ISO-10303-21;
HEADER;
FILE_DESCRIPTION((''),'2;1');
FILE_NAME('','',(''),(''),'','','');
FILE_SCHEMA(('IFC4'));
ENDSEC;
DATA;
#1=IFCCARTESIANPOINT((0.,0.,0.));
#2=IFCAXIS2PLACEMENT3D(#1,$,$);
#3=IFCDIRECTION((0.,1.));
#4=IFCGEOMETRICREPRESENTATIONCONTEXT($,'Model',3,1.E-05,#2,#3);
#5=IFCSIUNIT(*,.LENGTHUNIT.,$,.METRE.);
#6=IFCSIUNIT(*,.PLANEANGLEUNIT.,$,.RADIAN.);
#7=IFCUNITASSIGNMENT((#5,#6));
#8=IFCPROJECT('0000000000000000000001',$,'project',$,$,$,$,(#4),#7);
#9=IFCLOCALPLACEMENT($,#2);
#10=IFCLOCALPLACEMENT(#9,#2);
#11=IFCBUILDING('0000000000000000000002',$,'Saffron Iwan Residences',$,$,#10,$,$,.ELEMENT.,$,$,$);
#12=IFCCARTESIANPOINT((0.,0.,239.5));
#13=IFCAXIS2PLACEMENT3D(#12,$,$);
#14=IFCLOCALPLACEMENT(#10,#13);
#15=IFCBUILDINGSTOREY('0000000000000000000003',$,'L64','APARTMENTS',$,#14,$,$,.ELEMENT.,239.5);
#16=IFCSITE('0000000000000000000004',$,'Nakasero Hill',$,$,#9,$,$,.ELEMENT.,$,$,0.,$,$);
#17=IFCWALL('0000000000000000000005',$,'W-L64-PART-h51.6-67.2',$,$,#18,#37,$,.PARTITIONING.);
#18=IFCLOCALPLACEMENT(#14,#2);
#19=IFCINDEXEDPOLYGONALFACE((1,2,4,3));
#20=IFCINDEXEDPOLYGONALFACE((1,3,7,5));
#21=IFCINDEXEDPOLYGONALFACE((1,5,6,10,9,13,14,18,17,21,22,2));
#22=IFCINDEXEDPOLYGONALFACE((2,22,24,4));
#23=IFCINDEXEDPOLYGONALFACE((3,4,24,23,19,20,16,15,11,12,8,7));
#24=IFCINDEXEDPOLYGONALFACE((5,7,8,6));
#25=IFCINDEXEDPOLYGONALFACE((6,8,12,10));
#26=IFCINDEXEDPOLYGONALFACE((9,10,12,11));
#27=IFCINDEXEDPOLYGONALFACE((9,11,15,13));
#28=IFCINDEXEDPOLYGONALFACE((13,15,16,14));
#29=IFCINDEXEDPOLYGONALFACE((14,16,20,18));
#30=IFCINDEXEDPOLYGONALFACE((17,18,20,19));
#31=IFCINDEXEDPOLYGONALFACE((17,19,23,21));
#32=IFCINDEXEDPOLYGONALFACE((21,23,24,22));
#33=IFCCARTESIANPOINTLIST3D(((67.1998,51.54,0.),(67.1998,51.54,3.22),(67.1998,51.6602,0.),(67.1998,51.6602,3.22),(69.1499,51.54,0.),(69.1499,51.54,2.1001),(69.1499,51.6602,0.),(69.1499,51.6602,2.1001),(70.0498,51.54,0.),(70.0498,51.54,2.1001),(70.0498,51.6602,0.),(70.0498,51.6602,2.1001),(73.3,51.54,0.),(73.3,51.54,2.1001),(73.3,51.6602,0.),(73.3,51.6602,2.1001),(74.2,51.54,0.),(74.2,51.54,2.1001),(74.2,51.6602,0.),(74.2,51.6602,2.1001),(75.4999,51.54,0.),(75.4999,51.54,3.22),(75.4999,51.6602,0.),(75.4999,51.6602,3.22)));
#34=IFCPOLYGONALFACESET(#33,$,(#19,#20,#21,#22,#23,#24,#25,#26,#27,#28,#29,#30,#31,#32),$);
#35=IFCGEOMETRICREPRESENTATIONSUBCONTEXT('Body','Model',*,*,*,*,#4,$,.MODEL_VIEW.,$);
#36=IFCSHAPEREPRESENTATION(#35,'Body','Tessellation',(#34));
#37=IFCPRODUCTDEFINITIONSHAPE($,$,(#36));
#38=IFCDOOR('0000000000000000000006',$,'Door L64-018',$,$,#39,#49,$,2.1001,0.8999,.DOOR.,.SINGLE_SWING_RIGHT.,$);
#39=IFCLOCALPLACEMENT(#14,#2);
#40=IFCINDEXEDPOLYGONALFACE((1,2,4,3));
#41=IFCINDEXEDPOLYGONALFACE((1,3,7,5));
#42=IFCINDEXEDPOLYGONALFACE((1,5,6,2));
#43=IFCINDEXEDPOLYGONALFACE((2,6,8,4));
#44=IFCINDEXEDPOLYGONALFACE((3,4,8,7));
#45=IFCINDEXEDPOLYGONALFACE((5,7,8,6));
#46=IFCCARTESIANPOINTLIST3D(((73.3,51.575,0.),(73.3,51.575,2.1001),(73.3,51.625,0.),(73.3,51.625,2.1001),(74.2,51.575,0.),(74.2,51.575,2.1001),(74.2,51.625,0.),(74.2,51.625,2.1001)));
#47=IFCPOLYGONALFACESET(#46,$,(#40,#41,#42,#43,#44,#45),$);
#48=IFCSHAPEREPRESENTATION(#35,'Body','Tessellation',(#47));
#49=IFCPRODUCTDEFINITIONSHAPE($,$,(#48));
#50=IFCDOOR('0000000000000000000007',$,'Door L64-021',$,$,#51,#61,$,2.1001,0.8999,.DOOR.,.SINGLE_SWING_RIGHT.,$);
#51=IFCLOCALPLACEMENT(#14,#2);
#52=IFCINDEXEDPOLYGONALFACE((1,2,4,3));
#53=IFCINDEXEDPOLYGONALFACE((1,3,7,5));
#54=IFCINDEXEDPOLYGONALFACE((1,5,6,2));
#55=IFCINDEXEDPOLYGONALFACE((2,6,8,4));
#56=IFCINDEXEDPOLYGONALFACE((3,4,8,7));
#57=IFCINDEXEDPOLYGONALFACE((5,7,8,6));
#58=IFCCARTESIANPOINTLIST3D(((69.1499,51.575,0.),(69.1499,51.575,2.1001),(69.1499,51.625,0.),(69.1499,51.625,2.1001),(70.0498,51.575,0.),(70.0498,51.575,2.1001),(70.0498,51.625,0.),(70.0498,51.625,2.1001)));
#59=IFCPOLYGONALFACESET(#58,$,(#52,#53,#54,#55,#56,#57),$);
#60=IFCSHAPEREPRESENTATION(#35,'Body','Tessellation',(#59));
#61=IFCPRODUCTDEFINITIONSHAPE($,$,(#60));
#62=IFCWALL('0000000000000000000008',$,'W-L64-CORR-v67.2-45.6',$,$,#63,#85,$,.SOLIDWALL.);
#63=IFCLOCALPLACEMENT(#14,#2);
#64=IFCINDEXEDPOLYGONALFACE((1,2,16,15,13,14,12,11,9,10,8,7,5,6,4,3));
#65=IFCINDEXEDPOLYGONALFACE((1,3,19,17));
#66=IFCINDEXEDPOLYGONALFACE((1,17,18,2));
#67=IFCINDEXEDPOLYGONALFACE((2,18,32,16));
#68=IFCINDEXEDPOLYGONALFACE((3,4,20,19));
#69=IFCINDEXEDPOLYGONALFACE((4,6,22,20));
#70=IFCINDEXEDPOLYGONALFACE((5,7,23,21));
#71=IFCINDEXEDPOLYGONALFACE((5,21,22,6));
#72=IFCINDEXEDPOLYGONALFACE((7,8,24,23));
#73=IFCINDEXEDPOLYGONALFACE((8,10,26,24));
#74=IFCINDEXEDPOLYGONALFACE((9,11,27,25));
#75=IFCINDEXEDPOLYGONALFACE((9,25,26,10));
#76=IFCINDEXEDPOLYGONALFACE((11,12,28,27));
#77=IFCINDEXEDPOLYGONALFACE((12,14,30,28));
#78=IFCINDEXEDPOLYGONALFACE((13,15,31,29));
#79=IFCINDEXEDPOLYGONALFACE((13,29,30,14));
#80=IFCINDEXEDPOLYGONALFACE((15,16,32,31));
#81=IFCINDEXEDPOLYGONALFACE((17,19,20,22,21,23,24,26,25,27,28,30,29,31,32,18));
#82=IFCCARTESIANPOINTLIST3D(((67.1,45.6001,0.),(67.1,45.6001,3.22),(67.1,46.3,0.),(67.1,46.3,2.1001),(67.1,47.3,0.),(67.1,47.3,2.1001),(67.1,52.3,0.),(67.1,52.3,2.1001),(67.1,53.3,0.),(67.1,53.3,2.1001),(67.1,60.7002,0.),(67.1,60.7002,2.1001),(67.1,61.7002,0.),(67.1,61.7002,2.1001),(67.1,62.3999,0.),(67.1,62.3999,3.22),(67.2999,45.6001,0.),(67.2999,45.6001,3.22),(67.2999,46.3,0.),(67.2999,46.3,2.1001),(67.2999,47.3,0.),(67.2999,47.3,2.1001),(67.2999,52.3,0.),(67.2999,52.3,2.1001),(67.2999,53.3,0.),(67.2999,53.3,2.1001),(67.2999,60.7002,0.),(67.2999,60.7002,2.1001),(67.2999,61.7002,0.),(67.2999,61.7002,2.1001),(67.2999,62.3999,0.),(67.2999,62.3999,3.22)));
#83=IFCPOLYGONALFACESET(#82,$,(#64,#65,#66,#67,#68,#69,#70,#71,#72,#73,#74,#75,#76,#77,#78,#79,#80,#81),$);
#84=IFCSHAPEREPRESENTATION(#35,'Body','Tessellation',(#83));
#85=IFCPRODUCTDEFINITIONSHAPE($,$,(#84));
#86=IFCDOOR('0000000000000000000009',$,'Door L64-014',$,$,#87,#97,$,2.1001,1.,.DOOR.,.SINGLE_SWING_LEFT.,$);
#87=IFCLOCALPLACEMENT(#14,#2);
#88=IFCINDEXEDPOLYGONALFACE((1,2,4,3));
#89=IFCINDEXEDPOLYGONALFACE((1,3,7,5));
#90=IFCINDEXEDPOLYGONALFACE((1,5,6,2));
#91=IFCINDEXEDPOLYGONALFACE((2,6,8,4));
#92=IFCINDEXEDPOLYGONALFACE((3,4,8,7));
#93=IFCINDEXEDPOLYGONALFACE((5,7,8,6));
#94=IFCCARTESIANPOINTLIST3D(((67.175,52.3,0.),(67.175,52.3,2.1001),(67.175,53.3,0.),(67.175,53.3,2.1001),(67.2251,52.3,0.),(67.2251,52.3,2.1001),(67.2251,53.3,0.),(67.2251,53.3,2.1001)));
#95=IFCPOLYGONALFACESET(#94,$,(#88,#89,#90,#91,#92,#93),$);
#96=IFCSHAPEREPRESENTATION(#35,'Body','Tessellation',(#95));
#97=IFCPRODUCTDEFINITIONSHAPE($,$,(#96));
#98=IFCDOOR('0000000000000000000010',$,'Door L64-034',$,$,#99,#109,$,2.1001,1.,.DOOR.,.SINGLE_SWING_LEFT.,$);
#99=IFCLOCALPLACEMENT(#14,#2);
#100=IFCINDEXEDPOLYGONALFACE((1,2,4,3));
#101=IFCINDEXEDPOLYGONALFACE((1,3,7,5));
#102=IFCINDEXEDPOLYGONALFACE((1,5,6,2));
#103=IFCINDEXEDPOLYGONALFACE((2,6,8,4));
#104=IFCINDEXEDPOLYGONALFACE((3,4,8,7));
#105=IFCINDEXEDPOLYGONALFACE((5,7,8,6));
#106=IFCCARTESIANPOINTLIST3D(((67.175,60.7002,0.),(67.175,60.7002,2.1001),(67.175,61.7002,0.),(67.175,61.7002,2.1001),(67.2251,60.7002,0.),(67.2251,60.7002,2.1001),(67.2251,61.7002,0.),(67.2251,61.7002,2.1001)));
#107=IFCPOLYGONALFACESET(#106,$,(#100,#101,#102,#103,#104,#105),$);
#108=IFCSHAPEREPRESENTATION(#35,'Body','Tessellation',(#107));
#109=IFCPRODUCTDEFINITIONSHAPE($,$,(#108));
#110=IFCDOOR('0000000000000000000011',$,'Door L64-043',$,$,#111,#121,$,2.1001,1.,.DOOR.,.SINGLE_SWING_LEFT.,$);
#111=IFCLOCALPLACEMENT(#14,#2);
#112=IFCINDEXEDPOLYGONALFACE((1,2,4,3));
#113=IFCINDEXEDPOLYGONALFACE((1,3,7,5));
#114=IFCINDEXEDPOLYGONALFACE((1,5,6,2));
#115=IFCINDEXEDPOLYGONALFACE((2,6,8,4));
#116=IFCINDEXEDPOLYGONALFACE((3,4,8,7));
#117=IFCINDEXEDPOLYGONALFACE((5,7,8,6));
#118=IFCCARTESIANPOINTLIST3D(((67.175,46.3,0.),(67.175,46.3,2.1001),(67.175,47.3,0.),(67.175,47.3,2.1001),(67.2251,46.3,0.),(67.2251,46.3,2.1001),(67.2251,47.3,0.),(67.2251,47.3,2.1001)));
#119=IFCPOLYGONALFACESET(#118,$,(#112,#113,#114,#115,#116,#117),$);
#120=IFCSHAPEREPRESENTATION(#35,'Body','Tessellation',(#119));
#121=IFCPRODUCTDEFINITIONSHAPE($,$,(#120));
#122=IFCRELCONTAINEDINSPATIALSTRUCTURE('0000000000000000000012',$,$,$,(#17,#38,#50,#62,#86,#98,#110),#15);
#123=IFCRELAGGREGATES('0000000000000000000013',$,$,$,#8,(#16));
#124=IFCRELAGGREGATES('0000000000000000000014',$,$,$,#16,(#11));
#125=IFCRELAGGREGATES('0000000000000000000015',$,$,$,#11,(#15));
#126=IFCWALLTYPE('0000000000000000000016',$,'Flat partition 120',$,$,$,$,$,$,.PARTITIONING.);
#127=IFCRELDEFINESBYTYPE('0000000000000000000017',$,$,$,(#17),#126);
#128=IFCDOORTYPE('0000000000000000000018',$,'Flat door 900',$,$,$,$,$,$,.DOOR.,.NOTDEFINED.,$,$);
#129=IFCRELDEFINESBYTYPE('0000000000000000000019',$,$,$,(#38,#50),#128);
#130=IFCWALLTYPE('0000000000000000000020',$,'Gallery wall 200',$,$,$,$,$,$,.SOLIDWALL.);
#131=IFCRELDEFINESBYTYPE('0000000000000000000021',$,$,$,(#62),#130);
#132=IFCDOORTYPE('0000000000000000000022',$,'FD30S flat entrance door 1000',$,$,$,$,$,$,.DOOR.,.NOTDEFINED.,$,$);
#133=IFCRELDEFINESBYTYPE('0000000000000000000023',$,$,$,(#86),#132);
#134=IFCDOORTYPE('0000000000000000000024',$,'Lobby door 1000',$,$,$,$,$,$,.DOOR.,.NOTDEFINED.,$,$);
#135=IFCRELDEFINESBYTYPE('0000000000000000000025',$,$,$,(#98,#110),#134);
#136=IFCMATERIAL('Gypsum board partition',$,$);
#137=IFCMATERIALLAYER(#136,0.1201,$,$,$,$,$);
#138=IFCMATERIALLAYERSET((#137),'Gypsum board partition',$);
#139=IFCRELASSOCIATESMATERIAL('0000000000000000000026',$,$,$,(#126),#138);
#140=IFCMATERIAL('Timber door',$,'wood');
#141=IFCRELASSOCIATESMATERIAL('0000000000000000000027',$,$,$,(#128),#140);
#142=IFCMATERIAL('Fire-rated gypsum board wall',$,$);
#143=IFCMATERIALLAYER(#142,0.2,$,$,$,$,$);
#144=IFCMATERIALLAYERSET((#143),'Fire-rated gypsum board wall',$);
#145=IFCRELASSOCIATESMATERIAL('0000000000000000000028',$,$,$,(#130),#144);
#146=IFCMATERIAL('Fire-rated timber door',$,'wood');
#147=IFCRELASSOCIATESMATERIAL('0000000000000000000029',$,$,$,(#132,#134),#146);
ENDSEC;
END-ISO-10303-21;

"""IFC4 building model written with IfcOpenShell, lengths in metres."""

from ifc_helpers import new_model, si_unit, direction, frame, frame_2d, origin, place, context, subcontext, project, spatial, rectangle, extrude, material, layer, layer_set, type_object, element, fill, save


model = new_model("IFC4")

# Units and contexts
model_context = context("Model", 3, precision=1e-05, world=origin(), true_north=direction((0.0, 1.0)))
body_context = subcontext(model_context, "Body", "Model", "MODEL_VIEW")
ifc_project = project(units=[si_unit("LENGTHUNIT", "METRE"), si_unit("PLANEANGLEUNIT", "RADIAN")], contexts=[model_context])

# Site, building, storey
site_placement = place(None, origin())
site = spatial("IfcSite", under=ifc_project, at=site_placement, Name="Nakasero Hill", CompositionType="ELEMENT", RefElevation=0.0)
building_placement = place(site_placement, origin())
building = spatial("IfcBuilding", under=site, at=building_placement, Name="Saffron Iwan Residences", CompositionType="ELEMENT")
storey_placement = place(building_placement, frame((0.0, 0.0, 239.5)))
storey = spatial("IfcBuildingStorey", under=building, at=storey_placement, Name="L64", Description="APARTMENTS", CompositionType="ELEMENT", Elevation=239.5)

# Shared definitions
ifc_material_1 = material(Name="Fire-rated gypsum board wall")

# Shared definitions
ifc_material_2 = material(Name="Gypsum board partition")
ifc_layer_1 = layer(ifc_material_2, 0.1201)
ifc_layer_set_1 = layer_set([ifc_layer_1], Name="Gypsum board partition")
wall_type_1 = type_object("IfcWallType", Name="Flat partition 120", PredefinedType="PARTITIONING", material=ifc_layer_set_1)
ifc_material_3 = material(Name="Timber door", Category="wood")
door_type_1 = type_object("IfcDoorType", Name="Flat door 900", OperationType="NOTDEFINED", PredefinedType="DOOR", material=ifc_material_3)

# Walls, openings, doors
wall_1_placement = place(storey_placement, frame((67.2, 51.6001, 0.0), z_axis=(0.0, 0.0, 1.0), x_axis=(1.0, 0.0, 0.0)))
wall_1 = element("IfcWall", 1, at=wall_1_placement, inside=storey, type_object=wall_type_1, Name="W-L64-PART-h51.6-67.2", PredefinedType="PARTITIONING", context=body_context, shape_type="SweptSolid", body=[
    extrude(rectangle(XDim=8.3, YDim=0.1201, at=frame_2d((4.1499, 0.0))), origin(), (0.0, 0.0, 1.0), 3.22),
])
opening_1_placement = place(wall_1_placement, frame((6.1001, 0.0, 0.0)))
opening_1 = element("IfcOpeningElement", 2, at=opening_1_placement, cuts=wall_1, PredefinedType="OPENING", context=body_context, shape_type="SweptSolid", body=[
    extrude(rectangle(XDim=0.8999, YDim=2.1001, at=frame_2d((0.45, 1.05))), frame((0.0, 0.0701, 0.0), z_axis=(0.0, -1.0, 0.0), x_axis=(1.0, 0.0, 0.0)), (0.0, 0.0, 1.0), 0.1401),
])
opening_2_placement = place(wall_1_placement, frame((1.95, 0.0, 0.0)))
opening_2 = element("IfcOpeningElement", 3, at=opening_2_placement, cuts=wall_1, PredefinedType="OPENING", context=body_context, shape_type="SweptSolid", body=[
    extrude(rectangle(XDim=0.8999, YDim=2.1001, at=frame_2d((0.45, 1.05))), frame((0.0, 0.0701, 0.0), z_axis=(0.0, -1.0, 0.0), x_axis=(1.0, 0.0, 0.0)), (0.0, 0.0, 1.0), 0.1401),
])
door_1_placement = place(opening_1_placement, origin())
door_1 = element("IfcDoor", 4, at=door_1_placement, inside=storey, type_object=door_type_1, Name="Door L64-018", OperationType="SINGLE_SWING_RIGHT", OverallHeight=2.1001, OverallWidth=0.8999, PredefinedType="DOOR", context=body_context, shape_type="SweptSolid", body=[
    extrude(rectangle(XDim=0.8999, YDim=2.1001, at=frame_2d((0.45, 1.05))), frame((0.0, 0.0249, 0.0), z_axis=(0.0, -1.0, 0.0), x_axis=(1.0, 0.0, 0.0)), (0.0, 0.0, 1.0), 0.05),
])
fill(opening_1, door_1)
door_2_placement = place(opening_2_placement, origin())
door_2 = element("IfcDoor", 5, at=door_2_placement, inside=storey, type_object=door_type_1, Name="Door L64-021", OperationType="SINGLE_SWING_RIGHT", OverallHeight=2.1001, OverallWidth=0.8999, PredefinedType="DOOR", context=body_context, shape_type="SweptSolid", body=[
    extrude(rectangle(XDim=0.8999, YDim=2.1001, at=frame_2d((0.45, 1.05))), frame((0.0, 0.0249, 0.0), z_axis=(0.0, -1.0, 0.0), x_axis=(1.0, 0.0, 0.0)), (0.0, 0.0, 1.0), 0.05),
])
fill(opening_2, door_2)
ifc_layer_2 = layer(ifc_material_1, 0.2)
ifc_layer_set_2 = layer_set([ifc_layer_2], Name="Fire-rated gypsum board wall")
wall_type_2 = type_object("IfcWallType", Name="Gallery wall 200", PredefinedType="SOLIDWALL", material=ifc_layer_set_2)
wall_2_placement = place(storey_placement, frame((67.2, 45.6001, 0.0), z_axis=(0.0, 0.0, 1.0), x_axis=(0.0, 1.0, 0.0)))
wall_2 = element("IfcWall", 6, at=wall_2_placement, inside=storey, type_object=wall_type_2, Name="W-L64-CORR-v67.2-45.6", PredefinedType="SOLIDWALL", context=body_context, shape_type="SweptSolid", body=[
    extrude(rectangle(XDim=16.7998, YDim=0.2, at=frame_2d((8.3999, 0.0))), origin(), (0.0, 0.0, 1.0), 3.22),
])
opening_3_placement = place(wall_2_placement, frame((6.7, 0.0, 0.0)))
opening_3 = element("IfcOpeningElement", 7, at=opening_3_placement, cuts=wall_2, PredefinedType="OPENING", context=body_context, shape_type="SweptSolid", body=[
    extrude(rectangle(XDim=1.0, YDim=2.1001, at=frame_2d((0.5, 1.05))), frame((0.0, 0.1099, 0.0), z_axis=(0.0, -1.0, 0.0), x_axis=(1.0, 0.0, 0.0)), (0.0, 0.0, 1.0), 0.22),
])
opening_4_placement = place(wall_2_placement, frame((15.1001, 0.0, 0.0)))
opening_4 = element("IfcOpeningElement", 8, at=opening_4_placement, cuts=wall_2, PredefinedType="OPENING", context=body_context, shape_type="SweptSolid", body=[
    extrude(rectangle(XDim=1.0, YDim=2.1001, at=frame_2d((0.5, 1.05))), frame((0.0, 0.1099, 0.0), z_axis=(0.0, -1.0, 0.0), x_axis=(1.0, 0.0, 0.0)), (0.0, 0.0, 1.0), 0.22),
])
opening_5_placement = place(wall_2_placement, frame((0.7, 0.0, 0.0)))
opening_5 = element("IfcOpeningElement", 9, at=opening_5_placement, cuts=wall_2, PredefinedType="OPENING", context=body_context, shape_type="SweptSolid", body=[
    extrude(rectangle(XDim=1.0, YDim=2.1001, at=frame_2d((0.5, 1.05))), frame((0.0, 0.1099, 0.0), z_axis=(0.0, -1.0, 0.0), x_axis=(1.0, 0.0, 0.0)), (0.0, 0.0, 1.0), 0.22),
])
ifc_material_4 = material(Name="Fire-rated timber door", Category="wood")
door_type_2 = type_object("IfcDoorType", Name="FD30S flat entrance door 1000", OperationType="NOTDEFINED", PredefinedType="DOOR", material=ifc_material_4)
door_3_placement = place(opening_3_placement, origin())
door_3 = element("IfcDoor", 10, at=door_3_placement, inside=storey, type_object=door_type_2, Name="Door L64-014", OperationType="SINGLE_SWING_LEFT", OverallHeight=2.1001, OverallWidth=1.0, PredefinedType="DOOR", context=body_context, shape_type="SweptSolid", body=[
    extrude(rectangle(XDim=1.0, YDim=2.1001, at=frame_2d((0.5, 1.05))), frame((0.0, 0.0249, 0.0), z_axis=(0.0, -1.0, 0.0), x_axis=(1.0, 0.0, 0.0)), (0.0, 0.0, 1.0), 0.05),
])
fill(opening_3, door_3)
door_type_3 = type_object("IfcDoorType", Name="Lobby door 1000", OperationType="NOTDEFINED", PredefinedType="DOOR", material=ifc_material_4)
door_4_placement = place(opening_4_placement, origin())
door_4 = element("IfcDoor", 11, at=door_4_placement, inside=storey, type_object=door_type_3, Name="Door L64-034", OperationType="SINGLE_SWING_LEFT", OverallHeight=2.1001, OverallWidth=1.0, PredefinedType="DOOR", context=body_context, shape_type="SweptSolid", body=[
    extrude(rectangle(XDim=1.0, YDim=2.1001, at=frame_2d((0.5, 1.05))), frame((0.0, 0.0249, 0.0), z_axis=(0.0, -1.0, 0.0), x_axis=(1.0, 0.0, 0.0)), (0.0, 0.0, 1.0), 0.05),
])
fill(opening_4, door_4)
door_5_placement = place(opening_5_placement, origin())
door_5 = element("IfcDoor", 12, at=door_5_placement, inside=storey, type_object=door_type_3, Name="Door L64-043", OperationType="SINGLE_SWING_LEFT", OverallHeight=2.1001, OverallWidth=1.0, PredefinedType="DOOR", context=body_context, shape_type="SweptSolid", body=[
    extrude(rectangle(XDim=1.0, YDim=2.1001, at=frame_2d((0.5, 1.05))), frame((0.0, 0.0249, 0.0), z_axis=(0.0, -1.0, 0.0), x_axis=(1.0, 0.0, 0.0)), (0.0, 0.0, 1.0), 0.05),
])
fill(opening_5, door_5)

save(model, "model.ifc")
